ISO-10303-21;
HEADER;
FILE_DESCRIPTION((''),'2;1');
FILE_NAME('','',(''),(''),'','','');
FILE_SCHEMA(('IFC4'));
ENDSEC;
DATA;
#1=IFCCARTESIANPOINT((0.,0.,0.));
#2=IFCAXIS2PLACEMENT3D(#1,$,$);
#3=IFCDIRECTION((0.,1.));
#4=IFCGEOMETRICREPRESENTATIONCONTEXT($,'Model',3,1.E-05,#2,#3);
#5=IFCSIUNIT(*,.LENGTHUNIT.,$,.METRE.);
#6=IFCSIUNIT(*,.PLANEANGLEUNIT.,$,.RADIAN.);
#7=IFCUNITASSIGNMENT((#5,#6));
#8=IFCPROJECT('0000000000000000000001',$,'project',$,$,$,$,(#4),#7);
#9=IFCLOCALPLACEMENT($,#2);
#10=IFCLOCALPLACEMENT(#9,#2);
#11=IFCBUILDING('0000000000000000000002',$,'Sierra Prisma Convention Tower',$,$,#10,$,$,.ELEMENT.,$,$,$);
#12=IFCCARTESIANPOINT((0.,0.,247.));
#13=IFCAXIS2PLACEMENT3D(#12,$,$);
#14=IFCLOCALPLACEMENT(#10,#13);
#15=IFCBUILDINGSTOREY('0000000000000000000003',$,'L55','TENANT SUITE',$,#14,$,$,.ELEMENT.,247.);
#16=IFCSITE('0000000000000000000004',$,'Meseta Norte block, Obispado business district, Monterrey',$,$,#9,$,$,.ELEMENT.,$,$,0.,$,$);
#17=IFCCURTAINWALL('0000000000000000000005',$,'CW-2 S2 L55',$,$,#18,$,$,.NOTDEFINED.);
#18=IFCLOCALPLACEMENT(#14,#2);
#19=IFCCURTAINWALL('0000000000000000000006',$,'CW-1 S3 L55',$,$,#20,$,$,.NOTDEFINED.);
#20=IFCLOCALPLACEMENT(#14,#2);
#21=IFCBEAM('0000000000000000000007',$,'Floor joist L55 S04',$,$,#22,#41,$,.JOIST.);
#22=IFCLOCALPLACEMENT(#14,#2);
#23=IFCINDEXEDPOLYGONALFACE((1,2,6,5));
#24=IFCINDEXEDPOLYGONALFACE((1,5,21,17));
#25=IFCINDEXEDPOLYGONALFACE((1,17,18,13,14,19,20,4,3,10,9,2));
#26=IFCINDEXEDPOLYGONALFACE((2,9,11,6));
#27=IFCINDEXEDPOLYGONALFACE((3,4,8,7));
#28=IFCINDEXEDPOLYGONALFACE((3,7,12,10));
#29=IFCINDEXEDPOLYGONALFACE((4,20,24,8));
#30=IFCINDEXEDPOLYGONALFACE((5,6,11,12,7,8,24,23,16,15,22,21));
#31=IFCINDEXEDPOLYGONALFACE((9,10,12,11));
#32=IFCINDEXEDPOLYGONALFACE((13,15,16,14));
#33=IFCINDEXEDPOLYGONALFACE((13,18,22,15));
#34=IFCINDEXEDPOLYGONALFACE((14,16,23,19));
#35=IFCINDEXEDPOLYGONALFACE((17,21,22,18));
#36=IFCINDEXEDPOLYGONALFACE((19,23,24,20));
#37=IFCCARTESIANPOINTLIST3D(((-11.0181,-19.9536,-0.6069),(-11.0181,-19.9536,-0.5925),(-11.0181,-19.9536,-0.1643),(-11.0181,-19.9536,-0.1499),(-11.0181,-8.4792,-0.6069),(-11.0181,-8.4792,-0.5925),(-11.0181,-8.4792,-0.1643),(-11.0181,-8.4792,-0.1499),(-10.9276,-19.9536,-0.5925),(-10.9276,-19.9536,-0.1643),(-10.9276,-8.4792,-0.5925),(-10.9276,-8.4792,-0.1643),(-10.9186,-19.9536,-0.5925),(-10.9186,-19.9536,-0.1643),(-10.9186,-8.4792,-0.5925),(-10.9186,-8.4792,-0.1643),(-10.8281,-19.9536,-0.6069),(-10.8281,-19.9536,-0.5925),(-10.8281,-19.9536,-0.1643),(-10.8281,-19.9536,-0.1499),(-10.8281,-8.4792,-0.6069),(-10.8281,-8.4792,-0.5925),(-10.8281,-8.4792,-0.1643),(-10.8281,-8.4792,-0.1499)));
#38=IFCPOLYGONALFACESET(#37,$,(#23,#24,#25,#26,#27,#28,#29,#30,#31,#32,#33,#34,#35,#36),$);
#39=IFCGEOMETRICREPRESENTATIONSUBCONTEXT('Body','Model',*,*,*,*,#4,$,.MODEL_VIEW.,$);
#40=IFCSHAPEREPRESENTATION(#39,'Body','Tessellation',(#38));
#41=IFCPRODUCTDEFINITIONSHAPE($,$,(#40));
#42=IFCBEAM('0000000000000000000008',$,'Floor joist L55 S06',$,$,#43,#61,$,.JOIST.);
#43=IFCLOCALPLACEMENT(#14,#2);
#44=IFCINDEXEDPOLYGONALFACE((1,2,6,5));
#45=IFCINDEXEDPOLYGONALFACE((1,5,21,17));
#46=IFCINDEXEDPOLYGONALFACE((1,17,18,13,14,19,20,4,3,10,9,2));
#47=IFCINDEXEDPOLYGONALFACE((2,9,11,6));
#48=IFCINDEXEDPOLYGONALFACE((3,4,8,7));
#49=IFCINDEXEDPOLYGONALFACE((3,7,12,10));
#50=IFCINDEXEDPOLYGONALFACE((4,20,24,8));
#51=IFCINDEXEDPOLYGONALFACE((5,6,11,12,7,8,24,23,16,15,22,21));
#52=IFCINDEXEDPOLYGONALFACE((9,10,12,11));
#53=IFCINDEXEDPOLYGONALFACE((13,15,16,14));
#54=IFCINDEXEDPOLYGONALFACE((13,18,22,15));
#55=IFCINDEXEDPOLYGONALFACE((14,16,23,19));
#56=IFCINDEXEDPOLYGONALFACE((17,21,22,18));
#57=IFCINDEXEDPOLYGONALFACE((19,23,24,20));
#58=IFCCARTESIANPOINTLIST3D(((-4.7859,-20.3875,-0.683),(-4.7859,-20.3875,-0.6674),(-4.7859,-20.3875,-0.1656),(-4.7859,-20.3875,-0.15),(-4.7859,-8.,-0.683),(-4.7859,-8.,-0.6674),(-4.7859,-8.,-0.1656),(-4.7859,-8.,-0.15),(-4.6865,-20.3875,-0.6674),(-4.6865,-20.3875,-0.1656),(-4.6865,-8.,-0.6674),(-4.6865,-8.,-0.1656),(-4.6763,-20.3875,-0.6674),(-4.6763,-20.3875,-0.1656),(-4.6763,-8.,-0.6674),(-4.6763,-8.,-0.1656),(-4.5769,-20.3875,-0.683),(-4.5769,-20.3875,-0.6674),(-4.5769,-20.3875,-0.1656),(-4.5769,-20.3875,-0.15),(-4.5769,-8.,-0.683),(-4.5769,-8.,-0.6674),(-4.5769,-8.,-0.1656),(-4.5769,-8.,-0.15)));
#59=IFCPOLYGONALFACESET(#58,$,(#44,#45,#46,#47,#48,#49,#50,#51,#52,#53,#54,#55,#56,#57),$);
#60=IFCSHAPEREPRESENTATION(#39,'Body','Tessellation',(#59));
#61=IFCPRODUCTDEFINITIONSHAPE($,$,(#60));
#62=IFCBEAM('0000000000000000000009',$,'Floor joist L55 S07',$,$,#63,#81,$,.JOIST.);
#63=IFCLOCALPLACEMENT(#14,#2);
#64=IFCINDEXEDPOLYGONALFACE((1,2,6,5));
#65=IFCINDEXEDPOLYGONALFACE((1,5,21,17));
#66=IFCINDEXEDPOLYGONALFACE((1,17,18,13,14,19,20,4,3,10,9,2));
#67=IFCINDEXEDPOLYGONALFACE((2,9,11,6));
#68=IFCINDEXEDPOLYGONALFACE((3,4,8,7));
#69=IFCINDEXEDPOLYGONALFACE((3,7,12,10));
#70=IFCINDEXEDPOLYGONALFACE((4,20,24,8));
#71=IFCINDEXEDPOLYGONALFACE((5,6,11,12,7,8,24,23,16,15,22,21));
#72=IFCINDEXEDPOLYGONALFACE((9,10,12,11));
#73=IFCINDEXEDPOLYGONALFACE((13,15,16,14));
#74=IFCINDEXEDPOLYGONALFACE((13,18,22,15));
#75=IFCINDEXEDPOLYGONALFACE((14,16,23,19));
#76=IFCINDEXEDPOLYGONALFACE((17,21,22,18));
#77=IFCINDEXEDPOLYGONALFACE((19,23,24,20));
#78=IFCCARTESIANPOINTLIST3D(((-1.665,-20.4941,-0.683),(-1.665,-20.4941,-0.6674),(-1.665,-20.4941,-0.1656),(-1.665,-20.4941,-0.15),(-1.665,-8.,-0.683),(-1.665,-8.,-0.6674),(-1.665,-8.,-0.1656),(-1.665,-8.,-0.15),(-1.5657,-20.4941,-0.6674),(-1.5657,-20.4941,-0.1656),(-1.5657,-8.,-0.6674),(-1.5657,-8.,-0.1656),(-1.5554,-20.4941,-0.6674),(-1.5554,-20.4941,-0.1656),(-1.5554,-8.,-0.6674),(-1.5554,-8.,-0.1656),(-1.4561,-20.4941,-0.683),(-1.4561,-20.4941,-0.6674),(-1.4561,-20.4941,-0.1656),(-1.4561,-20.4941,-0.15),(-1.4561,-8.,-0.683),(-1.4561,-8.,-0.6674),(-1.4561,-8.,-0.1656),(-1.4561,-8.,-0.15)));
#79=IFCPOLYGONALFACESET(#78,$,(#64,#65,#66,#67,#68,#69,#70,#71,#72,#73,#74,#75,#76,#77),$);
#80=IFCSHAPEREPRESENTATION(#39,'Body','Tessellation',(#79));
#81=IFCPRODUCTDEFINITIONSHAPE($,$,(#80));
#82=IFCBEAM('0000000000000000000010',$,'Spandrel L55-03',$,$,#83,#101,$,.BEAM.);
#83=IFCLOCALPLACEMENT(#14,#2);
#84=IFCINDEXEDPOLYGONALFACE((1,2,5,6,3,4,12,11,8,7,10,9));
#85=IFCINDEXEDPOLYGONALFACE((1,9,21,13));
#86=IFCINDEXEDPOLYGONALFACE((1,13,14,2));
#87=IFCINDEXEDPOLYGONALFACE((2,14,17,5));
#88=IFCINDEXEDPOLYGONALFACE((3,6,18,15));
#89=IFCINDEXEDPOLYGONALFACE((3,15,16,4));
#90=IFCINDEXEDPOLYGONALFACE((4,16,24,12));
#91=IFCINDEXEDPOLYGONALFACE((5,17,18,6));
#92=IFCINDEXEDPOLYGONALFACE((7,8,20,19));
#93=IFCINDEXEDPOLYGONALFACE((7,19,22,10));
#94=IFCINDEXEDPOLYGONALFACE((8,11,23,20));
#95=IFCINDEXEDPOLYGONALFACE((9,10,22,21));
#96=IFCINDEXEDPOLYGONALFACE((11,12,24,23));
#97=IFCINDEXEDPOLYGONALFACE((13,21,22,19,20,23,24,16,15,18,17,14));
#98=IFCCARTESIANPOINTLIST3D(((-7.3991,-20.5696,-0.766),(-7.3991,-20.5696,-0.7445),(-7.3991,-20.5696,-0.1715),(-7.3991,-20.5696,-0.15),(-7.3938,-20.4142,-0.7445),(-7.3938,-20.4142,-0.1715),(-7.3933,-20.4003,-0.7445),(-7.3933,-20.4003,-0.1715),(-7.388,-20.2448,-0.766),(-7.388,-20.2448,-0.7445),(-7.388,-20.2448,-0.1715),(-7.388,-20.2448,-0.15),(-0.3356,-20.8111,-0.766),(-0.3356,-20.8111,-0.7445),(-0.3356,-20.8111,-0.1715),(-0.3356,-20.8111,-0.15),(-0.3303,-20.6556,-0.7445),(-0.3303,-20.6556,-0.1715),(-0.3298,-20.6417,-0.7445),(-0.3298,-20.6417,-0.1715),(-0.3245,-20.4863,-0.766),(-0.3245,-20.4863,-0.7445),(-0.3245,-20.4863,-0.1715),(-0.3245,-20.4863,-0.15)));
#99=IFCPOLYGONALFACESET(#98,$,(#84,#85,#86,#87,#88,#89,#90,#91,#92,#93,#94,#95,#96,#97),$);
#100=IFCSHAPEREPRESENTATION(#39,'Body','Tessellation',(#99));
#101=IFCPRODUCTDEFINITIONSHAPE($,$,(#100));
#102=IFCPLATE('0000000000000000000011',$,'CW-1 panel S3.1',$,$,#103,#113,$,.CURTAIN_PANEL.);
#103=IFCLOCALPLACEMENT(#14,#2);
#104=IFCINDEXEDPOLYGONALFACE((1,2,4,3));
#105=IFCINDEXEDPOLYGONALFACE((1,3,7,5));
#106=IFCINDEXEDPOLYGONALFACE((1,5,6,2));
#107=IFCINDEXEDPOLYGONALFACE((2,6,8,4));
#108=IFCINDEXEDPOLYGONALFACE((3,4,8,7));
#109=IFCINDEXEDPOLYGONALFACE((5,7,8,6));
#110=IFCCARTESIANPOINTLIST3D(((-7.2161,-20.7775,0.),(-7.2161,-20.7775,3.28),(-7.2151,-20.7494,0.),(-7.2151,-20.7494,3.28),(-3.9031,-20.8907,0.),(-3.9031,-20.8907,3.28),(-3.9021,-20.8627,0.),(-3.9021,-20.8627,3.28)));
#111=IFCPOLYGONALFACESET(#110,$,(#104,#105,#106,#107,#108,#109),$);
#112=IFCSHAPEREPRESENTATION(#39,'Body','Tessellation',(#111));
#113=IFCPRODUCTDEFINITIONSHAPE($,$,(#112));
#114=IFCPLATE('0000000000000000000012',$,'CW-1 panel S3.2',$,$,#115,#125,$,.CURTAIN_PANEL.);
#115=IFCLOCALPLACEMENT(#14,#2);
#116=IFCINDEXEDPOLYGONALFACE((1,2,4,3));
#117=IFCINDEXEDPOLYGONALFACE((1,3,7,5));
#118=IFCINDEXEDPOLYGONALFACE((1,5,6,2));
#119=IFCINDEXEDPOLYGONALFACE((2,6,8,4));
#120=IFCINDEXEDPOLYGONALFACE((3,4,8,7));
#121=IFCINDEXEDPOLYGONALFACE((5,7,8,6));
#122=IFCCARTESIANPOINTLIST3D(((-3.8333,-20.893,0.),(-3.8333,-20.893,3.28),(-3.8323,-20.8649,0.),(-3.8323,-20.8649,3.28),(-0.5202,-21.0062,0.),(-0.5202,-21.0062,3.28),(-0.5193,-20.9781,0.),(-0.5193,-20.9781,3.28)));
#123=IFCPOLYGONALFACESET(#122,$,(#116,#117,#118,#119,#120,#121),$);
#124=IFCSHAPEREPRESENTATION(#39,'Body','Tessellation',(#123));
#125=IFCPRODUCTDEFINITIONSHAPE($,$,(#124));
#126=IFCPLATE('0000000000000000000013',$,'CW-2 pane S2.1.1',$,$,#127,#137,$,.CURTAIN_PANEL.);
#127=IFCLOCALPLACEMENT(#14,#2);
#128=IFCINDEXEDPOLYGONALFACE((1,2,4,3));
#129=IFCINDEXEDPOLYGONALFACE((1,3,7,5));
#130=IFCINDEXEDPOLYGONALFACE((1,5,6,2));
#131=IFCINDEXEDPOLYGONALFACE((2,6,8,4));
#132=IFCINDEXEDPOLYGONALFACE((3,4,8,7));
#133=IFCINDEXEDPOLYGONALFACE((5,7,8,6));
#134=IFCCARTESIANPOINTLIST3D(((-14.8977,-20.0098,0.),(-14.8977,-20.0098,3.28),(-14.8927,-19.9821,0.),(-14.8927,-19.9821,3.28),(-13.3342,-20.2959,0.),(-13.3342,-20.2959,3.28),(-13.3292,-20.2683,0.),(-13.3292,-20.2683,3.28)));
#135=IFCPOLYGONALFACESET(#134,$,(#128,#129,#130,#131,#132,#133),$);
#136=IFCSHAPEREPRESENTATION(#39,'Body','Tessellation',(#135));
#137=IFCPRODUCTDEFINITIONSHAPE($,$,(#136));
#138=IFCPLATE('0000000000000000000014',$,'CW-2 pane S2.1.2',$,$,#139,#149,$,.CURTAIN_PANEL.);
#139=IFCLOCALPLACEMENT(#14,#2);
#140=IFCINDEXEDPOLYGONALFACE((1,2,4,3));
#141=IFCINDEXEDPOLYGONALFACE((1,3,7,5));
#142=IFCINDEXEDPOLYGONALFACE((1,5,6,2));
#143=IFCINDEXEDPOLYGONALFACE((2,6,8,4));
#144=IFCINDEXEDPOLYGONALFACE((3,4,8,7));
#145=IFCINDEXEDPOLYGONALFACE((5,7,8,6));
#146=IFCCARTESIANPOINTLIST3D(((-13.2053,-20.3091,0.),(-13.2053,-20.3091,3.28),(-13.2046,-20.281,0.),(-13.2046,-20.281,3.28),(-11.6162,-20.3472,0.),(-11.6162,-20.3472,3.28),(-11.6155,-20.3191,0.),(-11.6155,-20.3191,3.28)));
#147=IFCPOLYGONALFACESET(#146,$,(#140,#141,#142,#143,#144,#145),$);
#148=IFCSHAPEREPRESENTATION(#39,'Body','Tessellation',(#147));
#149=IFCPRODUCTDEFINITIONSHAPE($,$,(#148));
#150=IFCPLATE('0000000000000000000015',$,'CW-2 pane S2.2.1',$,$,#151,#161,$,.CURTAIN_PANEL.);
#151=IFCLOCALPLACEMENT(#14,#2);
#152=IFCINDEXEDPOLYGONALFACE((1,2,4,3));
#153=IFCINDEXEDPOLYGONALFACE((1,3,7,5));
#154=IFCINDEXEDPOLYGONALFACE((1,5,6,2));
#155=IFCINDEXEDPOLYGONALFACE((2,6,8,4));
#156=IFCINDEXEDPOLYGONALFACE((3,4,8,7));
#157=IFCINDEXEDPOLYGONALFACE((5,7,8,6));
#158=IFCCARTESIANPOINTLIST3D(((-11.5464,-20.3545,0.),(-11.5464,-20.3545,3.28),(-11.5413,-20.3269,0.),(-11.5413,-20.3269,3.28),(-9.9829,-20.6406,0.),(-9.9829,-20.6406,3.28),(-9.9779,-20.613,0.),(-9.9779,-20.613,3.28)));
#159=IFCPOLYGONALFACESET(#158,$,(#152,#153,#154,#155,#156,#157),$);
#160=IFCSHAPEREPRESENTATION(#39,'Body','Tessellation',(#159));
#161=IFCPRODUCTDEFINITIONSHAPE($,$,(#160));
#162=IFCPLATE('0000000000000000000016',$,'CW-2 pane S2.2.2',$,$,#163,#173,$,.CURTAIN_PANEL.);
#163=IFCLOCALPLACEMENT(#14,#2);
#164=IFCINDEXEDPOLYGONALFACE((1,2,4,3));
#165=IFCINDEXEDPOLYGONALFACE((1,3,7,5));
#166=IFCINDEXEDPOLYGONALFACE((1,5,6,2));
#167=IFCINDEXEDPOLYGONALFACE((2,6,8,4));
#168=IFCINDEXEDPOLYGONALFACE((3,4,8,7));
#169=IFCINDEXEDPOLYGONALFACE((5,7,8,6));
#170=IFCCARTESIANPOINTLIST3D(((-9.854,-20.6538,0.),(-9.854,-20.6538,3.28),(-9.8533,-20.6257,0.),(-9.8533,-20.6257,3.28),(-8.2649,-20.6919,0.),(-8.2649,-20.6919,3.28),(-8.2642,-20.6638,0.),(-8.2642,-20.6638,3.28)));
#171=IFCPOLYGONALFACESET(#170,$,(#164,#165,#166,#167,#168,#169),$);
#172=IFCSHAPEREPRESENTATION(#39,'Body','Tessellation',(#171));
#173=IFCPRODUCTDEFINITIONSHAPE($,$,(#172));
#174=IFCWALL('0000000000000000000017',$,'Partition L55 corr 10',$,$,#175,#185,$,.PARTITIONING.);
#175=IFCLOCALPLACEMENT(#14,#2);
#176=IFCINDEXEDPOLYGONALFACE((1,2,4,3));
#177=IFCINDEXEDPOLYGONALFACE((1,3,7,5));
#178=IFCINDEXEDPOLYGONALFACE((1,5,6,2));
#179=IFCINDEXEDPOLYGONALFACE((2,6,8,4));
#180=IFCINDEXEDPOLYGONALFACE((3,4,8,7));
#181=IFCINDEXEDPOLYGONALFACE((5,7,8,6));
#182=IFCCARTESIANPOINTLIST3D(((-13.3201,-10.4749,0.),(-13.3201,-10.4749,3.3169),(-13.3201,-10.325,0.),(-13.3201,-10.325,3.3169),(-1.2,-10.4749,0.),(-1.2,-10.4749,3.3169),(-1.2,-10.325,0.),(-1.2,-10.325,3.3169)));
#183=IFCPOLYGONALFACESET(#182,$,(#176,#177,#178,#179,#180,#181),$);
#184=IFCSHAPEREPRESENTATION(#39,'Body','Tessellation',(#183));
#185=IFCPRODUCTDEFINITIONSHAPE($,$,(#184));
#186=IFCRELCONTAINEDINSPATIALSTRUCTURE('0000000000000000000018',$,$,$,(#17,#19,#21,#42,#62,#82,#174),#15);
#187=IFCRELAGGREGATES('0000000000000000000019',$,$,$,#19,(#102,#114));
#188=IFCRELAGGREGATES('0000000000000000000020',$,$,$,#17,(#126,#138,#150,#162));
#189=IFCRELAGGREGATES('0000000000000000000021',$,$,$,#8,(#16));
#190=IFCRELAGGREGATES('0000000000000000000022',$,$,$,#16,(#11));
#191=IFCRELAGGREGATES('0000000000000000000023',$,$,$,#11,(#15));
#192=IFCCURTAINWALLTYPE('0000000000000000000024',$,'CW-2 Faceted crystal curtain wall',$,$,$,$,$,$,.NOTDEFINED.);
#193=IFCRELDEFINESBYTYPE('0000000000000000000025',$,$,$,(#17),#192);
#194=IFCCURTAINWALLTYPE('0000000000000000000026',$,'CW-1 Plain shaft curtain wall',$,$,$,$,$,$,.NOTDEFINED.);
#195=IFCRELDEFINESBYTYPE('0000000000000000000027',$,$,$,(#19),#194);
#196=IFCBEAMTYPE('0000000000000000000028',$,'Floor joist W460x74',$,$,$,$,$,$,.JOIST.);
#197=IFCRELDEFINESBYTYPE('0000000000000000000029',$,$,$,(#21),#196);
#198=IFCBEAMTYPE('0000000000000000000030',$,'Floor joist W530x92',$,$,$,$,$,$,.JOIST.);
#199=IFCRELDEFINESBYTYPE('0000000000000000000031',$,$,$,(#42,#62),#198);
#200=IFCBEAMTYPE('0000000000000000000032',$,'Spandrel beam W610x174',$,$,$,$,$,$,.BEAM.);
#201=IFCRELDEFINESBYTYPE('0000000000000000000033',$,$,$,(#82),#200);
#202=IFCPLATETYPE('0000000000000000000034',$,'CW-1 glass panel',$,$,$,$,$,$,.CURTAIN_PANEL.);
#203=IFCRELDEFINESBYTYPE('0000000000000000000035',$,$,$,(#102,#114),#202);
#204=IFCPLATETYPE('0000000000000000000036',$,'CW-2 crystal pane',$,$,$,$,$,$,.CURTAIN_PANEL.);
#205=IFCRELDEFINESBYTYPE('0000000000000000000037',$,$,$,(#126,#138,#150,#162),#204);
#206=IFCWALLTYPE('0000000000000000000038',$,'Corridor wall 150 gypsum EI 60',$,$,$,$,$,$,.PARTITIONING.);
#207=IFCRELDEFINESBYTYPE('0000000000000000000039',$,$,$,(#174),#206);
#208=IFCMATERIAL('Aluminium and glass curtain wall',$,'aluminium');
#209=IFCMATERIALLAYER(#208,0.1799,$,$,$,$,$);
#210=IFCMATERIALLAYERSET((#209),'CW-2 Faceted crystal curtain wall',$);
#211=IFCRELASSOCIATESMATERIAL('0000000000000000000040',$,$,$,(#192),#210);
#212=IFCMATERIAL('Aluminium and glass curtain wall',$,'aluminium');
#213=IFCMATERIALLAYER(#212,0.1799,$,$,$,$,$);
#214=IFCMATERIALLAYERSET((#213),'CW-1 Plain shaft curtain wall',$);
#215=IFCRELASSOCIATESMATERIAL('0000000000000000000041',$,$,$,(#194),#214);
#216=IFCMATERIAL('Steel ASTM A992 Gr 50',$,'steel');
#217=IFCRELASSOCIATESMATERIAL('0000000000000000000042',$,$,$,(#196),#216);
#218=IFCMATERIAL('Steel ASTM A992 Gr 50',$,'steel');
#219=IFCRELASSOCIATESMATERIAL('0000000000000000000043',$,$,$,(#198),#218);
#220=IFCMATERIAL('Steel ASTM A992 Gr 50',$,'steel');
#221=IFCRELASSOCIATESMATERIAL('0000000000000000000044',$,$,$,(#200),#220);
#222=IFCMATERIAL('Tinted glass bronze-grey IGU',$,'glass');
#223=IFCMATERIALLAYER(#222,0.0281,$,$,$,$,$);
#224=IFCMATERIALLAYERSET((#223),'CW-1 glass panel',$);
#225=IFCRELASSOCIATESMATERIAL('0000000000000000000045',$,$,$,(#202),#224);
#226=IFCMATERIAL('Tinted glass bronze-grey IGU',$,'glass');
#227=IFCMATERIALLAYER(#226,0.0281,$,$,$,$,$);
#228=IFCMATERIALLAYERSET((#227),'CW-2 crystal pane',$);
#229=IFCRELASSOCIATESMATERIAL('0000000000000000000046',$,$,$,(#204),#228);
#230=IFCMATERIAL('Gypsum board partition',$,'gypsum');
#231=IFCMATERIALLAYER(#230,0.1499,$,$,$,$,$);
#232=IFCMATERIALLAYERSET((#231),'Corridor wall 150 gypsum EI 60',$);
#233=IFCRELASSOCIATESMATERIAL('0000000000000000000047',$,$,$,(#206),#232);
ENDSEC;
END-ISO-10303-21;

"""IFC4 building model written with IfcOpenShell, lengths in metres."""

from ifc_helpers import new_model, si_unit, direction, frame, frame_2d, origin, origin_2d, place, context, subcontext, project, spatial, polyline, rectangle, i_section, outline, extrude, material, layer, layer_set, material_profile, profile_set, type_object, element, aggregate, save


model = new_model("IFC4")

# Units and contexts
model_context = context("Model", 3, precision=1e-05, world=origin(), true_north=direction((0.0, 1.0)))
body_context = subcontext(model_context, "Body", "Model", "MODEL_VIEW")
ifc_project = project(units=[si_unit("LENGTHUNIT", "METRE"), si_unit("PLANEANGLEUNIT", "RADIAN")], contexts=[model_context])

# Site, building, storey
site_placement = place(None, origin())
site = spatial("IfcSite", under=ifc_project, at=site_placement, Name="Meseta Norte block, Obispado business district, Monterrey", CompositionType="ELEMENT", RefElevation=0.0)
building_placement = place(site_placement, origin())
building = spatial("IfcBuilding", under=site, at=building_placement, Name="Sierra Prisma Convention Tower", CompositionType="ELEMENT")
storey_placement = place(building_placement, frame((0.0, 0.0, 247.0)))
storey = spatial("IfcBuildingStorey", under=building, at=storey_placement, Name="L55", Description="TENANT SUITE", CompositionType="ELEMENT", Elevation=247.0)

# Curtain walls
ifc_material_1 = material(Name="Aluminium and glass curtain wall", Category="aluminium")
ifc_layer_1 = layer(ifc_material_1, 0.1799)
ifc_layer_set_1 = layer_set([ifc_layer_1], Name="CW-2 Faceted crystal curtain wall")
curtain_wall_type_1 = type_object("IfcCurtainWallType", Name="CW-2 Faceted crystal curtain wall", PredefinedType="NOTDEFINED", material=ifc_layer_set_1)
curtain_wall_1_placement = place(storey_placement, origin())
curtain_wall_1 = element("IfcCurtainWall", 1, at=curtain_wall_1_placement, inside=storey, type_object=curtain_wall_type_1, Name="CW-2 S2 L55", PredefinedType="NOTDEFINED")
ifc_material_2 = material(Name="Aluminium and glass curtain wall", Category="aluminium")
ifc_layer_2 = layer(ifc_material_2, 0.1799)
ifc_layer_set_2 = layer_set([ifc_layer_2], Name="CW-1 Plain shaft curtain wall")
curtain_wall_type_2 = type_object("IfcCurtainWallType", Name="CW-1 Plain shaft curtain wall", PredefinedType="NOTDEFINED", material=ifc_layer_set_2)
curtain_wall_2_placement = place(storey_placement, origin())
curtain_wall_2 = element("IfcCurtainWall", 2, at=curtain_wall_2_placement, inside=storey, type_object=curtain_wall_type_2, Name="CW-1 S3 L55", PredefinedType="NOTDEFINED")

# Beams
ifc_material_3 = material(Name="Steel ASTM A992 Gr 50", Category="steel")
ifc_material_profile_1 = material_profile(ifc_material_3, i_section(OverallWidth=0.1899, OverallDepth=0.457, WebThickness=0.009, FlangeThickness=0.0144, at=origin_2d()), Name="W460x74")
ifc_profile_set_1 = profile_set([ifc_material_profile_1], Name="Steel ASTM A992 Gr 50")
beam_type_1 = type_object("IfcBeamType", Name="Floor joist W460x74", PredefinedType="JOIST", material=ifc_profile_set_1)
beam_1_placement = place(storey_placement, frame((-10.9231, -19.9536, -0.3784), z_axis=(0.0, 1.0, 0.0), x_axis=(-1.0, 0.0, 0.0)))
element("IfcBeam", 3, at=beam_1_placement, inside=storey, type_object=beam_type_1, Name="Floor joist L55 S04", PredefinedType="JOIST", context=body_context, shape_type="SweptSolid", body=[
    extrude(i_section(OverallWidth=0.1899, OverallDepth=0.457, WebThickness=0.009, FlangeThickness=0.0144, at=origin_2d()), origin(), (0.0, 0.0, 1.0), 11.4744),
])
ifc_material_4 = material(Name="Steel ASTM A992 Gr 50", Category="steel")
ifc_material_profile_2 = material_profile(ifc_material_4, i_section(OverallWidth=0.209, OverallDepth=0.533, WebThickness=0.0103, FlangeThickness=0.0156, at=origin_2d()), Name="W530x92")
ifc_profile_set_2 = profile_set([ifc_material_profile_2], Name="Steel ASTM A992 Gr 50")
beam_type_2 = type_object("IfcBeamType", Name="Floor joist W530x92", PredefinedType="JOIST", material=ifc_profile_set_2)
beam_2_placement = place(storey_placement, frame((-4.6814, -20.3875, -0.4165), z_axis=(0.0, 1.0, 0.0), x_axis=(-1.0, 0.0, 0.0)))
element("IfcBeam", 4, at=beam_2_placement, inside=storey, type_object=beam_type_2, Name="Floor joist L55 S06", PredefinedType="JOIST", context=body_context, shape_type="SweptSolid", body=[
    extrude(i_section(OverallWidth=0.209, OverallDepth=0.533, WebThickness=0.0103, FlangeThickness=0.0156, at=origin_2d()), origin(), (0.0, 0.0, 1.0), 12.3875),
])
beam_3_placement = place(storey_placement, frame((-1.5605, -20.4941, -0.4165), z_axis=(0.0, 1.0, 0.0), x_axis=(-1.0, 0.0, 0.0)))
element("IfcBeam", 5, at=beam_3_placement, inside=storey, type_object=beam_type_2, Name="Floor joist L55 S07", PredefinedType="JOIST", context=body_context, shape_type="SweptSolid", body=[
    extrude(i_section(OverallWidth=0.209, OverallDepth=0.533, WebThickness=0.0103, FlangeThickness=0.0156, at=origin_2d()), origin(), (0.0, 0.0, 1.0), 12.4941),
])
ifc_material_5 = material(Name="Steel ASTM A992 Gr 50", Category="steel")
ifc_material_profile_3 = material_profile(ifc_material_5, i_section(OverallWidth=0.325, OverallDepth=0.616, WebThickness=0.0139, FlangeThickness=0.0215, at=origin_2d()), Name="W610x174")
ifc_profile_set_3 = profile_set([ifc_material_profile_3], Name="Steel ASTM A992 Gr 50")
beam_type_3 = type_object("IfcBeamType", Name="Spandrel beam W610x174", PredefinedType="BEAM", material=ifc_profile_set_3)
beam_4_placement = place(storey_placement, frame((-7.3936, -20.4072, -0.458), z_axis=(0.999416, -0.034164, 0.0), x_axis=(0.034164, 0.999416, 0.0)))
element("IfcBeam", 6, at=beam_4_placement, inside=storey, type_object=beam_type_3, Name="Spandrel L55-03", PredefinedType="BEAM", context=body_context, shape_type="SweptSolid", body=[
    extrude(i_section(OverallWidth=0.325, OverallDepth=0.616, WebThickness=0.0139, FlangeThickness=0.0215, at=origin_2d()), origin(), (0.0, 0.0, 1.0), 7.0676),
])

# Plates
ifc_material_6 = material(Name="Tinted glass bronze-grey IGU", Category="glass")
ifc_layer_3 = layer(ifc_material_6, 0.0281)
ifc_layer_set_3 = layer_set([ifc_layer_3], Name="CW-1 glass panel")
plate_type_1 = type_object("IfcPlateType", Name="CW-1 glass panel", PredefinedType="CURTAIN_PANEL", material=ifc_layer_set_3)
plate_1_placement = place(storey_placement, frame((-5.5591, -20.8201, 0.0), z_axis=(0.0, 0.0, 1.0), x_axis=(0.999416, -0.03416, 0.0)))
plate_1 = element("IfcPlate", 7, at=plate_1_placement, type_object=plate_type_1, Name="CW-1 panel S3.1", PredefinedType="CURTAIN_PANEL", context=body_context, shape_type="SweptSolid", body=[
    extrude(rectangle(XDim=3.3149, YDim=0.0281, at=origin_2d()), origin(), (0.0, 0.0, 1.0), 3.28),
])
plate_2_placement = place(storey_placement, frame((-2.1763, -20.9355, 0.0), z_axis=(0.0, 0.0, 1.0), x_axis=(0.999416, -0.03416, 0.0)))
plate_2 = element("IfcPlate", 8, at=plate_2_placement, type_object=plate_type_1, Name="CW-1 panel S3.2", PredefinedType="CURTAIN_PANEL", context=body_context, shape_type="SweptSolid", body=[
    extrude(rectangle(XDim=3.3149, YDim=0.0281, at=origin_2d()), origin(), (0.0, 0.0, 1.0), 3.28),
])
aggregate(curtain_wall_2, [plate_1, plate_2])
ifc_material_7 = material(Name="Tinted glass bronze-grey IGU", Category="glass")
ifc_layer_4 = layer(ifc_material_7, 0.0281)
ifc_layer_set_4 = layer_set([ifc_layer_4], Name="CW-2 crystal pane")
plate_type_2 = type_object("IfcPlateType", Name="CW-2 crystal pane", PredefinedType="CURTAIN_PANEL", material=ifc_layer_set_4)
plate_3_placement = place(storey_placement, frame((-14.8977, -20.0098, 0.0), z_axis=(-0.180021, -0.983663, 0.0), x_axis=(0.983663, -0.180021, 0.0)))
plate_3 = element("IfcPlate", 9, at=plate_3_placement, type_object=plate_type_2, Name="CW-2 pane S2.1.1", PredefinedType="CURTAIN_PANEL", context=body_context, shape_type="SweptSolid", body=[
    extrude(outline(polyline([(0.0, 0.0), (1.5894, 0.0), (1.5894, 3.28), (0.0, 3.28), (0.0, 0.0)])), origin(), (0.0, 0.0, -1.0), 0.0281),
])
plate_4_placement = place(storey_placement, frame((-11.6162, -20.3472, 0.0), z_axis=(-0.02396, -0.999713, 0.0), x_axis=(-0.999713, 0.02396, 0.0)))
plate_4 = element("IfcPlate", 10, at=plate_4_placement, type_object=plate_type_2, Name="CW-2 pane S2.1.2", PredefinedType="CURTAIN_PANEL", context=body_context, shape_type="SweptSolid", body=[
    extrude(outline(polyline([(0.0, 0.0), (1.5896, 0.0), (1.5896, -3.28), (0.0, -3.28), (0.0, 0.0)])), origin(), (0.0, 0.0, -1.0), 0.0281),
])
plate_5_placement = place(storey_placement, frame((-11.5464, -20.3545, 0.0), z_axis=(-0.180021, -0.983663, 0.0), x_axis=(0.983663, -0.180021, 0.0)))
plate_5 = element("IfcPlate", 11, at=plate_5_placement, type_object=plate_type_2, Name="CW-2 pane S2.2.1", PredefinedType="CURTAIN_PANEL", context=body_context, shape_type="SweptSolid", body=[
    extrude(outline(polyline([(0.0, 0.0), (1.5894, 0.0), (1.5894, 3.28), (0.0, 3.28), (0.0, 0.0)])), origin(), (0.0, 0.0, -1.0), 0.0281),
])
plate_6_placement = place(storey_placement, frame((-8.2649, -20.6919, 0.0), z_axis=(-0.02396, -0.999713, 0.0), x_axis=(-0.999713, 0.02396, 0.0)))
plate_6 = element("IfcPlate", 12, at=plate_6_placement, type_object=plate_type_2, Name="CW-2 pane S2.2.2", PredefinedType="CURTAIN_PANEL", context=body_context, shape_type="SweptSolid", body=[
    extrude(outline(polyline([(0.0, 0.0), (1.5896, 0.0), (1.5896, -3.28), (0.0, -3.28), (0.0, 0.0)])), origin(), (0.0, 0.0, -1.0), 0.0281),
])
aggregate(curtain_wall_1, [plate_3, plate_4, plate_5, plate_6])

# Wall
ifc_material_8 = material(Name="Gypsum board partition", Category="gypsum")
ifc_layer_5 = layer(ifc_material_8, 0.1499)
ifc_layer_set_5 = layer_set([ifc_layer_5], Name="Corridor wall 150 gypsum EI 60")
wall_type_1 = type_object("IfcWallType", Name="Corridor wall 150 gypsum EI 60", PredefinedType="PARTITIONING", material=ifc_layer_set_5)
wall_1_placement = place(storey_placement, frame((-13.3201, -10.3999, 0.0), z_axis=(0.0, 0.0, 1.0), x_axis=(1.0, 0.0, 0.0)))
element("IfcWall", 13, at=wall_1_placement, inside=storey, type_object=wall_type_1, Name="Partition L55 corr 10", PredefinedType="PARTITIONING", context=body_context, shape_type="SweptSolid", body=[
    extrude(rectangle(XDim=12.1201, YDim=0.1499, at=frame_2d((6.0601, 0.0))), origin(), (0.0, 0.0, 1.0), 3.3169),
])

save(model, "model.ifc")
